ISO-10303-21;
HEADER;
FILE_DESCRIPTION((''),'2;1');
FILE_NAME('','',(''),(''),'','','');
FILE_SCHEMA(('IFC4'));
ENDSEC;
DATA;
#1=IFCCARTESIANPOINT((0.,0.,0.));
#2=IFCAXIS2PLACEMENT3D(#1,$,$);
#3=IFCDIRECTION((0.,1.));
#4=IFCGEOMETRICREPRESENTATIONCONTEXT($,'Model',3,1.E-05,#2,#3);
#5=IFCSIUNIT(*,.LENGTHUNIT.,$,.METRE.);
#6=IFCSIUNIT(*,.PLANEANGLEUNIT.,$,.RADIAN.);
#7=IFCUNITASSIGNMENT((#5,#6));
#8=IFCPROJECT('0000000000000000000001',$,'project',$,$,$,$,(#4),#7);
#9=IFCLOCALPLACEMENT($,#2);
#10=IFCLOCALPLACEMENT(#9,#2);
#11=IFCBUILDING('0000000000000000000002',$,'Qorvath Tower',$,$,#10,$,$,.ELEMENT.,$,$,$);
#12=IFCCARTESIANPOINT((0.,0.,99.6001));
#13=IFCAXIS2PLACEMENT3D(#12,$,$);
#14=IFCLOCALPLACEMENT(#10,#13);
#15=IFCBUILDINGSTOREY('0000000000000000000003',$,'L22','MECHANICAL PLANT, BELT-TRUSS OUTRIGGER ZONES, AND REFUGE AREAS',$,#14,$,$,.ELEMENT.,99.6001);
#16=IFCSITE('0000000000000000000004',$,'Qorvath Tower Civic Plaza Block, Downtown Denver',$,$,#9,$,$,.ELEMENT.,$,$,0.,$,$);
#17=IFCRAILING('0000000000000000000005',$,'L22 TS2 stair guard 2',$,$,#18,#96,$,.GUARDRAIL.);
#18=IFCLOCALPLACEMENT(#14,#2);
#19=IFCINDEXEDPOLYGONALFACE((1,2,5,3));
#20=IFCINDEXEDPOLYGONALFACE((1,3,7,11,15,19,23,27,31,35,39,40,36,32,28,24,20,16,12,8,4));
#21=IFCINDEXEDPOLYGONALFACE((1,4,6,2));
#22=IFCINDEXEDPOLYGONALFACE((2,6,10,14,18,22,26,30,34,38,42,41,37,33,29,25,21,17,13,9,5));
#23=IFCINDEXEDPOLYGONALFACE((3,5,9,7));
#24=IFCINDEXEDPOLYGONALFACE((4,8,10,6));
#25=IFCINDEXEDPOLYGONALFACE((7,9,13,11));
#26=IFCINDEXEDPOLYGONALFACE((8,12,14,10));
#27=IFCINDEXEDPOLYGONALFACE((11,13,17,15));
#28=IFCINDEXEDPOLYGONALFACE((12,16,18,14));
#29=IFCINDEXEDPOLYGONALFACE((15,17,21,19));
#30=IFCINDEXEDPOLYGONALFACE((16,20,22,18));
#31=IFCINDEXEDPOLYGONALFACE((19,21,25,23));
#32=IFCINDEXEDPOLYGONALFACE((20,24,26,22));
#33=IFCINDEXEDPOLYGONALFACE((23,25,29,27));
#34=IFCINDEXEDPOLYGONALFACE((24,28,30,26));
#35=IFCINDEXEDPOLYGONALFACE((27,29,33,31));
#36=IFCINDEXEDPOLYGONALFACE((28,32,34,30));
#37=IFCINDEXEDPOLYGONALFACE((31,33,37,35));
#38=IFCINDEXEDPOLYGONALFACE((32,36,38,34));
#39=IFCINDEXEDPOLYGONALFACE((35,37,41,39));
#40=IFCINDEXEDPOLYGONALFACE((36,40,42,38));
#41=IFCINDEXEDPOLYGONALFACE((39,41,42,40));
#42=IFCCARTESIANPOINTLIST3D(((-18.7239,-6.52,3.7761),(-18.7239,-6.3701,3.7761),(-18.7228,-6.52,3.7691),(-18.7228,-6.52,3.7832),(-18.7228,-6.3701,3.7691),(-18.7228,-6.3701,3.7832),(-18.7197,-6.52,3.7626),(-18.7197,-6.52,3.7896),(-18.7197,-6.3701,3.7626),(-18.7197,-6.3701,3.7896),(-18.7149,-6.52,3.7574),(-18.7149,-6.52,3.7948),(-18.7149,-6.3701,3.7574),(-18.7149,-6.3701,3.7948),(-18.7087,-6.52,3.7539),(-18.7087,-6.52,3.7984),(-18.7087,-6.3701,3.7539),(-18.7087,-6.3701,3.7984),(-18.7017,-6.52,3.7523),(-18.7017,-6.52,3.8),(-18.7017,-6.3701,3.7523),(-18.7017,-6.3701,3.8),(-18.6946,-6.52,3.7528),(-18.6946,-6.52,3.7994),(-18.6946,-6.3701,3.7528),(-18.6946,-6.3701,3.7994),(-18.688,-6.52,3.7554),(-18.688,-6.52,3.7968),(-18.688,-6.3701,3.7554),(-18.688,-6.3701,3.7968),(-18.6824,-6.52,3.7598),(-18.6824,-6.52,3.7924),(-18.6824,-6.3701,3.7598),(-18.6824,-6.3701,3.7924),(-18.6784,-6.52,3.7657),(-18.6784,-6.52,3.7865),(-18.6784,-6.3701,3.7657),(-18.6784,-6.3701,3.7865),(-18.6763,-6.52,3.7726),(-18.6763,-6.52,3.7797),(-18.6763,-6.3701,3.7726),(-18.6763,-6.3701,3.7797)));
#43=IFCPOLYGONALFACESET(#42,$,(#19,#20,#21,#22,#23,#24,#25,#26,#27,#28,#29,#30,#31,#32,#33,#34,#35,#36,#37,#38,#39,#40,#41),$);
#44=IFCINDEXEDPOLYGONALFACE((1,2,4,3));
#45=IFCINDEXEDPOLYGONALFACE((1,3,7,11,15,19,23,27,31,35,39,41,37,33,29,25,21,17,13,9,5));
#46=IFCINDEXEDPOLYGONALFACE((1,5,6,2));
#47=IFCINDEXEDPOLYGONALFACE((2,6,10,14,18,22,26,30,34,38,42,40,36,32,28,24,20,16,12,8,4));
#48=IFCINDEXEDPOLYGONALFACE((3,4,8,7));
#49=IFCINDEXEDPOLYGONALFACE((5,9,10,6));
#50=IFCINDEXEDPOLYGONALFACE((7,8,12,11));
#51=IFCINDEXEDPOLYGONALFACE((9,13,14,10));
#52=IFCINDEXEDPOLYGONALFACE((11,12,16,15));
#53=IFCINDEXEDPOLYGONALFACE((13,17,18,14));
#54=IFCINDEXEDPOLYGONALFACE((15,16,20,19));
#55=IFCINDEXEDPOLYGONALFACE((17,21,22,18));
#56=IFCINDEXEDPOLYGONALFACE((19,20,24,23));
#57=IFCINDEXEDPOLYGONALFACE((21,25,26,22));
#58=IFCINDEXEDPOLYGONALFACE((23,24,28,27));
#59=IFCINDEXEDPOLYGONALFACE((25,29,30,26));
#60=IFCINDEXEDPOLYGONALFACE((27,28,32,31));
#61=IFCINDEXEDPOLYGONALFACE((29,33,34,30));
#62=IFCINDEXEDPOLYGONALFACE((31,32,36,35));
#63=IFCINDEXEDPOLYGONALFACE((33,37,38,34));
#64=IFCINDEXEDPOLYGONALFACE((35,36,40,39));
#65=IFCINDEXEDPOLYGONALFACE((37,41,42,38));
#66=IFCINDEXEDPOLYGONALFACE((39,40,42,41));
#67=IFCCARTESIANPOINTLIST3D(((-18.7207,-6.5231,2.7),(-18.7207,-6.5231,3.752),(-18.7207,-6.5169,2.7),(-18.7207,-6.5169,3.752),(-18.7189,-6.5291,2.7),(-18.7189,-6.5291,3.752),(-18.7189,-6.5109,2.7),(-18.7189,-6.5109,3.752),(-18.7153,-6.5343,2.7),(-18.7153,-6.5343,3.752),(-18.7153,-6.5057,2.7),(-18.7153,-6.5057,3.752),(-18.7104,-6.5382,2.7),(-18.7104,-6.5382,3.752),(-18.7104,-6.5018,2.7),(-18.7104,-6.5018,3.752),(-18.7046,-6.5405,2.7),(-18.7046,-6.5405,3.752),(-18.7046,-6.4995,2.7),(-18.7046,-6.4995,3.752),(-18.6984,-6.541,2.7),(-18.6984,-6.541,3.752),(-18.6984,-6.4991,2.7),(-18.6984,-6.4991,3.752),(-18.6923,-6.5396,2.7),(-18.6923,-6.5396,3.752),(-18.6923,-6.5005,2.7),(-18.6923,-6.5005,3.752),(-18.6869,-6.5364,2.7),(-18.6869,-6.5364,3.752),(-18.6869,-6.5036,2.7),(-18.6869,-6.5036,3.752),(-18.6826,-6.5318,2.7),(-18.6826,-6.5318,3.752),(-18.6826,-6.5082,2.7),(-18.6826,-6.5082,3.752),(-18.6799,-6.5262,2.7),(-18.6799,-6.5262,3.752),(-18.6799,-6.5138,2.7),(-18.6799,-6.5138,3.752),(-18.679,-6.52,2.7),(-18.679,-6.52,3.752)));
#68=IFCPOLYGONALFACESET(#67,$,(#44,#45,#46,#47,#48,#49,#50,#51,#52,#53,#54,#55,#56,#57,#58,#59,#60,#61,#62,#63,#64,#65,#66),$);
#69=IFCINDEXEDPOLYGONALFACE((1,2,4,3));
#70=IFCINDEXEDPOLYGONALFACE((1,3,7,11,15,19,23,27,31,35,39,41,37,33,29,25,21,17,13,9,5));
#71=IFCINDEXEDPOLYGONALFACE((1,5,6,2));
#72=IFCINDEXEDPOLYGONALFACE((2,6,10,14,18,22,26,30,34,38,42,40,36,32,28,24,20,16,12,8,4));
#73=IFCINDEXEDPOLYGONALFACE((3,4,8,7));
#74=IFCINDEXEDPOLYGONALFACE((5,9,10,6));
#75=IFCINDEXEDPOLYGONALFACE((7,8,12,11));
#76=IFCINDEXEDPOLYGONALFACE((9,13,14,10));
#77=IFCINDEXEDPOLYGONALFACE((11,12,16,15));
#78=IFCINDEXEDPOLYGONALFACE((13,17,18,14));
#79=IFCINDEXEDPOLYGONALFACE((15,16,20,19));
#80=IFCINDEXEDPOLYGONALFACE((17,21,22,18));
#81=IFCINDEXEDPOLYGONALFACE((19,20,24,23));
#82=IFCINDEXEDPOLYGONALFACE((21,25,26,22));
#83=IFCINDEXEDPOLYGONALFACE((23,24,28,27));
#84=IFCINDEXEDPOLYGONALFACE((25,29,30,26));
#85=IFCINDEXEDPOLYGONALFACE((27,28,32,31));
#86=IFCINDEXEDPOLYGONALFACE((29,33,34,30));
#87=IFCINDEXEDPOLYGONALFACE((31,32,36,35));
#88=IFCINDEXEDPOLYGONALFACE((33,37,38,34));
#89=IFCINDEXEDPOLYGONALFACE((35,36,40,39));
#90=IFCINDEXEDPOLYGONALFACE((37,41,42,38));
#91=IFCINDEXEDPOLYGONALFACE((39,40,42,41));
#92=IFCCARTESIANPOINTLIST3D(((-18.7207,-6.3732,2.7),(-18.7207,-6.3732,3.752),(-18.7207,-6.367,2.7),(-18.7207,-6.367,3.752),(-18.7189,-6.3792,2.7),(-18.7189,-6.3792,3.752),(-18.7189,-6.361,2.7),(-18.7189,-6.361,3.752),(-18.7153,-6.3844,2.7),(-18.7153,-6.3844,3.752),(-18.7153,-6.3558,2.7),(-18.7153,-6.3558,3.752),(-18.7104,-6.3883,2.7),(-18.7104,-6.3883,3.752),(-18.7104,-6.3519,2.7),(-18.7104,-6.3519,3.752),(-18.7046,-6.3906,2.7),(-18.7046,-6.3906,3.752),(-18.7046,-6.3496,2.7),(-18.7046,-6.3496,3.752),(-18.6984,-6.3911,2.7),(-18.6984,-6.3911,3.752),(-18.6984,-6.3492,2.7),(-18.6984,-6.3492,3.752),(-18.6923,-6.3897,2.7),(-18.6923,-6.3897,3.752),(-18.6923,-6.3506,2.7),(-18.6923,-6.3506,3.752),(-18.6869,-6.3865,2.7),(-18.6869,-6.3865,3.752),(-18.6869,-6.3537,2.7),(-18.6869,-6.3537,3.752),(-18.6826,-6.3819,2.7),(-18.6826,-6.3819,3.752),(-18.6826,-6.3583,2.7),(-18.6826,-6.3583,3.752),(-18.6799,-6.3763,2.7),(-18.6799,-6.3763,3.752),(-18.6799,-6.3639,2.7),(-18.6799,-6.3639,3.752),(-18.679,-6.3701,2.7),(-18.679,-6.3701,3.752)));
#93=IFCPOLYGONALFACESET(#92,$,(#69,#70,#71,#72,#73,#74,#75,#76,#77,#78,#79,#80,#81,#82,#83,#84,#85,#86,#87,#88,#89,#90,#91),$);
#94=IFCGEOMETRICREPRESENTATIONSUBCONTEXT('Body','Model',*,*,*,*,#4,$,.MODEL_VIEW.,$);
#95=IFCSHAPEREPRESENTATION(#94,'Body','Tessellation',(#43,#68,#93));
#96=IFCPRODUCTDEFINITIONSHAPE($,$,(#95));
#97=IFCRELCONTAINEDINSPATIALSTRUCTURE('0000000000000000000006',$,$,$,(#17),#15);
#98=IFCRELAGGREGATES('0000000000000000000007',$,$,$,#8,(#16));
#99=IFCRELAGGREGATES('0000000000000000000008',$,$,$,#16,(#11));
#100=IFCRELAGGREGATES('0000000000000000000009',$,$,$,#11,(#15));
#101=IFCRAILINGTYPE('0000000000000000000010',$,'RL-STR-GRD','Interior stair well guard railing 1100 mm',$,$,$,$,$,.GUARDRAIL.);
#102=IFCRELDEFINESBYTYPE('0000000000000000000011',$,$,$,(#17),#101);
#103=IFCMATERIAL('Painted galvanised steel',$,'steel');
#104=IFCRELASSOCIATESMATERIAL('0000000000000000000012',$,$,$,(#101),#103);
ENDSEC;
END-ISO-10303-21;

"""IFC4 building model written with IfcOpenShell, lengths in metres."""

from ifc_helpers import new_model, si_unit, direction, frame, origin, origin_2d, place, context, subcontext, project, spatial, circle, extrude, material, type_object, element, save


model = new_model("IFC4")

# Units and contexts
model_context = context("Model", 3, precision=1e-05, world=origin(), true_north=direction((0.0, 1.0)))
body_context = subcontext(model_context, "Body", "Model", "MODEL_VIEW")
ifc_project = project(units=[si_unit("LENGTHUNIT", "METRE"), si_unit("PLANEANGLEUNIT", "RADIAN")], contexts=[model_context])

# Site, building, storey
site_placement = place(None, origin())
site = spatial("IfcSite", under=ifc_project, at=site_placement, Name="Qorvath Tower Civic Plaza Block, Downtown Denver", CompositionType="ELEMENT", RefElevation=0.0)
building_placement = place(site_placement, origin())
building = spatial("IfcBuilding", under=site, at=building_placement, Name="Qorvath Tower", CompositionType="ELEMENT")
storey_placement = place(building_placement, frame((0.0, 0.0, 99.6001)))
storey = spatial("IfcBuildingStorey", under=building, at=storey_placement, Name="L22", Description="MECHANICAL PLANT, BELT-TRUSS OUTRIGGER ZONES, AND REFUGE AREAS", CompositionType="ELEMENT", Elevation=99.6001)

# Railing
ifc_material_1 = material(Name="Painted galvanised steel", Category="steel")
railing_type_1 = type_object("IfcRailingType", Name="RL-STR-GRD", Description="Interior stair well guard railing 1100 mm", PredefinedType="GUARDRAIL", material=ifc_material_1)
railing_1_placement = place(storey_placement, frame((-18.7, -6.52, 2.7)))
element("IfcRailing", 1, at=railing_1_placement, inside=storey, type_object=railing_type_1, Name="L22 TS2 stair guard 2", PredefinedType="GUARDRAIL", context=body_context, shape_type="SweptSolid", body=[
    extrude(circle(Radius=0.0239, at=origin_2d()), frame((0.0, 0.0, 1.0762), z_axis=(0.0, 1.0, 0.0), x_axis=(-1.0, 0.0, 0.0)), (0.0, 0.0, 1.0), 0.1499),
    extrude(circle(Radius=0.021, at=origin_2d()), origin(), (0.0, 0.0, 1.0), 1.052),
    extrude(circle(Radius=0.021, at=origin_2d()), frame((0.0, 0.1499, 0.0)), (0.0, 0.0, 1.0), 1.052),
])

save(model, "model.ifc")
